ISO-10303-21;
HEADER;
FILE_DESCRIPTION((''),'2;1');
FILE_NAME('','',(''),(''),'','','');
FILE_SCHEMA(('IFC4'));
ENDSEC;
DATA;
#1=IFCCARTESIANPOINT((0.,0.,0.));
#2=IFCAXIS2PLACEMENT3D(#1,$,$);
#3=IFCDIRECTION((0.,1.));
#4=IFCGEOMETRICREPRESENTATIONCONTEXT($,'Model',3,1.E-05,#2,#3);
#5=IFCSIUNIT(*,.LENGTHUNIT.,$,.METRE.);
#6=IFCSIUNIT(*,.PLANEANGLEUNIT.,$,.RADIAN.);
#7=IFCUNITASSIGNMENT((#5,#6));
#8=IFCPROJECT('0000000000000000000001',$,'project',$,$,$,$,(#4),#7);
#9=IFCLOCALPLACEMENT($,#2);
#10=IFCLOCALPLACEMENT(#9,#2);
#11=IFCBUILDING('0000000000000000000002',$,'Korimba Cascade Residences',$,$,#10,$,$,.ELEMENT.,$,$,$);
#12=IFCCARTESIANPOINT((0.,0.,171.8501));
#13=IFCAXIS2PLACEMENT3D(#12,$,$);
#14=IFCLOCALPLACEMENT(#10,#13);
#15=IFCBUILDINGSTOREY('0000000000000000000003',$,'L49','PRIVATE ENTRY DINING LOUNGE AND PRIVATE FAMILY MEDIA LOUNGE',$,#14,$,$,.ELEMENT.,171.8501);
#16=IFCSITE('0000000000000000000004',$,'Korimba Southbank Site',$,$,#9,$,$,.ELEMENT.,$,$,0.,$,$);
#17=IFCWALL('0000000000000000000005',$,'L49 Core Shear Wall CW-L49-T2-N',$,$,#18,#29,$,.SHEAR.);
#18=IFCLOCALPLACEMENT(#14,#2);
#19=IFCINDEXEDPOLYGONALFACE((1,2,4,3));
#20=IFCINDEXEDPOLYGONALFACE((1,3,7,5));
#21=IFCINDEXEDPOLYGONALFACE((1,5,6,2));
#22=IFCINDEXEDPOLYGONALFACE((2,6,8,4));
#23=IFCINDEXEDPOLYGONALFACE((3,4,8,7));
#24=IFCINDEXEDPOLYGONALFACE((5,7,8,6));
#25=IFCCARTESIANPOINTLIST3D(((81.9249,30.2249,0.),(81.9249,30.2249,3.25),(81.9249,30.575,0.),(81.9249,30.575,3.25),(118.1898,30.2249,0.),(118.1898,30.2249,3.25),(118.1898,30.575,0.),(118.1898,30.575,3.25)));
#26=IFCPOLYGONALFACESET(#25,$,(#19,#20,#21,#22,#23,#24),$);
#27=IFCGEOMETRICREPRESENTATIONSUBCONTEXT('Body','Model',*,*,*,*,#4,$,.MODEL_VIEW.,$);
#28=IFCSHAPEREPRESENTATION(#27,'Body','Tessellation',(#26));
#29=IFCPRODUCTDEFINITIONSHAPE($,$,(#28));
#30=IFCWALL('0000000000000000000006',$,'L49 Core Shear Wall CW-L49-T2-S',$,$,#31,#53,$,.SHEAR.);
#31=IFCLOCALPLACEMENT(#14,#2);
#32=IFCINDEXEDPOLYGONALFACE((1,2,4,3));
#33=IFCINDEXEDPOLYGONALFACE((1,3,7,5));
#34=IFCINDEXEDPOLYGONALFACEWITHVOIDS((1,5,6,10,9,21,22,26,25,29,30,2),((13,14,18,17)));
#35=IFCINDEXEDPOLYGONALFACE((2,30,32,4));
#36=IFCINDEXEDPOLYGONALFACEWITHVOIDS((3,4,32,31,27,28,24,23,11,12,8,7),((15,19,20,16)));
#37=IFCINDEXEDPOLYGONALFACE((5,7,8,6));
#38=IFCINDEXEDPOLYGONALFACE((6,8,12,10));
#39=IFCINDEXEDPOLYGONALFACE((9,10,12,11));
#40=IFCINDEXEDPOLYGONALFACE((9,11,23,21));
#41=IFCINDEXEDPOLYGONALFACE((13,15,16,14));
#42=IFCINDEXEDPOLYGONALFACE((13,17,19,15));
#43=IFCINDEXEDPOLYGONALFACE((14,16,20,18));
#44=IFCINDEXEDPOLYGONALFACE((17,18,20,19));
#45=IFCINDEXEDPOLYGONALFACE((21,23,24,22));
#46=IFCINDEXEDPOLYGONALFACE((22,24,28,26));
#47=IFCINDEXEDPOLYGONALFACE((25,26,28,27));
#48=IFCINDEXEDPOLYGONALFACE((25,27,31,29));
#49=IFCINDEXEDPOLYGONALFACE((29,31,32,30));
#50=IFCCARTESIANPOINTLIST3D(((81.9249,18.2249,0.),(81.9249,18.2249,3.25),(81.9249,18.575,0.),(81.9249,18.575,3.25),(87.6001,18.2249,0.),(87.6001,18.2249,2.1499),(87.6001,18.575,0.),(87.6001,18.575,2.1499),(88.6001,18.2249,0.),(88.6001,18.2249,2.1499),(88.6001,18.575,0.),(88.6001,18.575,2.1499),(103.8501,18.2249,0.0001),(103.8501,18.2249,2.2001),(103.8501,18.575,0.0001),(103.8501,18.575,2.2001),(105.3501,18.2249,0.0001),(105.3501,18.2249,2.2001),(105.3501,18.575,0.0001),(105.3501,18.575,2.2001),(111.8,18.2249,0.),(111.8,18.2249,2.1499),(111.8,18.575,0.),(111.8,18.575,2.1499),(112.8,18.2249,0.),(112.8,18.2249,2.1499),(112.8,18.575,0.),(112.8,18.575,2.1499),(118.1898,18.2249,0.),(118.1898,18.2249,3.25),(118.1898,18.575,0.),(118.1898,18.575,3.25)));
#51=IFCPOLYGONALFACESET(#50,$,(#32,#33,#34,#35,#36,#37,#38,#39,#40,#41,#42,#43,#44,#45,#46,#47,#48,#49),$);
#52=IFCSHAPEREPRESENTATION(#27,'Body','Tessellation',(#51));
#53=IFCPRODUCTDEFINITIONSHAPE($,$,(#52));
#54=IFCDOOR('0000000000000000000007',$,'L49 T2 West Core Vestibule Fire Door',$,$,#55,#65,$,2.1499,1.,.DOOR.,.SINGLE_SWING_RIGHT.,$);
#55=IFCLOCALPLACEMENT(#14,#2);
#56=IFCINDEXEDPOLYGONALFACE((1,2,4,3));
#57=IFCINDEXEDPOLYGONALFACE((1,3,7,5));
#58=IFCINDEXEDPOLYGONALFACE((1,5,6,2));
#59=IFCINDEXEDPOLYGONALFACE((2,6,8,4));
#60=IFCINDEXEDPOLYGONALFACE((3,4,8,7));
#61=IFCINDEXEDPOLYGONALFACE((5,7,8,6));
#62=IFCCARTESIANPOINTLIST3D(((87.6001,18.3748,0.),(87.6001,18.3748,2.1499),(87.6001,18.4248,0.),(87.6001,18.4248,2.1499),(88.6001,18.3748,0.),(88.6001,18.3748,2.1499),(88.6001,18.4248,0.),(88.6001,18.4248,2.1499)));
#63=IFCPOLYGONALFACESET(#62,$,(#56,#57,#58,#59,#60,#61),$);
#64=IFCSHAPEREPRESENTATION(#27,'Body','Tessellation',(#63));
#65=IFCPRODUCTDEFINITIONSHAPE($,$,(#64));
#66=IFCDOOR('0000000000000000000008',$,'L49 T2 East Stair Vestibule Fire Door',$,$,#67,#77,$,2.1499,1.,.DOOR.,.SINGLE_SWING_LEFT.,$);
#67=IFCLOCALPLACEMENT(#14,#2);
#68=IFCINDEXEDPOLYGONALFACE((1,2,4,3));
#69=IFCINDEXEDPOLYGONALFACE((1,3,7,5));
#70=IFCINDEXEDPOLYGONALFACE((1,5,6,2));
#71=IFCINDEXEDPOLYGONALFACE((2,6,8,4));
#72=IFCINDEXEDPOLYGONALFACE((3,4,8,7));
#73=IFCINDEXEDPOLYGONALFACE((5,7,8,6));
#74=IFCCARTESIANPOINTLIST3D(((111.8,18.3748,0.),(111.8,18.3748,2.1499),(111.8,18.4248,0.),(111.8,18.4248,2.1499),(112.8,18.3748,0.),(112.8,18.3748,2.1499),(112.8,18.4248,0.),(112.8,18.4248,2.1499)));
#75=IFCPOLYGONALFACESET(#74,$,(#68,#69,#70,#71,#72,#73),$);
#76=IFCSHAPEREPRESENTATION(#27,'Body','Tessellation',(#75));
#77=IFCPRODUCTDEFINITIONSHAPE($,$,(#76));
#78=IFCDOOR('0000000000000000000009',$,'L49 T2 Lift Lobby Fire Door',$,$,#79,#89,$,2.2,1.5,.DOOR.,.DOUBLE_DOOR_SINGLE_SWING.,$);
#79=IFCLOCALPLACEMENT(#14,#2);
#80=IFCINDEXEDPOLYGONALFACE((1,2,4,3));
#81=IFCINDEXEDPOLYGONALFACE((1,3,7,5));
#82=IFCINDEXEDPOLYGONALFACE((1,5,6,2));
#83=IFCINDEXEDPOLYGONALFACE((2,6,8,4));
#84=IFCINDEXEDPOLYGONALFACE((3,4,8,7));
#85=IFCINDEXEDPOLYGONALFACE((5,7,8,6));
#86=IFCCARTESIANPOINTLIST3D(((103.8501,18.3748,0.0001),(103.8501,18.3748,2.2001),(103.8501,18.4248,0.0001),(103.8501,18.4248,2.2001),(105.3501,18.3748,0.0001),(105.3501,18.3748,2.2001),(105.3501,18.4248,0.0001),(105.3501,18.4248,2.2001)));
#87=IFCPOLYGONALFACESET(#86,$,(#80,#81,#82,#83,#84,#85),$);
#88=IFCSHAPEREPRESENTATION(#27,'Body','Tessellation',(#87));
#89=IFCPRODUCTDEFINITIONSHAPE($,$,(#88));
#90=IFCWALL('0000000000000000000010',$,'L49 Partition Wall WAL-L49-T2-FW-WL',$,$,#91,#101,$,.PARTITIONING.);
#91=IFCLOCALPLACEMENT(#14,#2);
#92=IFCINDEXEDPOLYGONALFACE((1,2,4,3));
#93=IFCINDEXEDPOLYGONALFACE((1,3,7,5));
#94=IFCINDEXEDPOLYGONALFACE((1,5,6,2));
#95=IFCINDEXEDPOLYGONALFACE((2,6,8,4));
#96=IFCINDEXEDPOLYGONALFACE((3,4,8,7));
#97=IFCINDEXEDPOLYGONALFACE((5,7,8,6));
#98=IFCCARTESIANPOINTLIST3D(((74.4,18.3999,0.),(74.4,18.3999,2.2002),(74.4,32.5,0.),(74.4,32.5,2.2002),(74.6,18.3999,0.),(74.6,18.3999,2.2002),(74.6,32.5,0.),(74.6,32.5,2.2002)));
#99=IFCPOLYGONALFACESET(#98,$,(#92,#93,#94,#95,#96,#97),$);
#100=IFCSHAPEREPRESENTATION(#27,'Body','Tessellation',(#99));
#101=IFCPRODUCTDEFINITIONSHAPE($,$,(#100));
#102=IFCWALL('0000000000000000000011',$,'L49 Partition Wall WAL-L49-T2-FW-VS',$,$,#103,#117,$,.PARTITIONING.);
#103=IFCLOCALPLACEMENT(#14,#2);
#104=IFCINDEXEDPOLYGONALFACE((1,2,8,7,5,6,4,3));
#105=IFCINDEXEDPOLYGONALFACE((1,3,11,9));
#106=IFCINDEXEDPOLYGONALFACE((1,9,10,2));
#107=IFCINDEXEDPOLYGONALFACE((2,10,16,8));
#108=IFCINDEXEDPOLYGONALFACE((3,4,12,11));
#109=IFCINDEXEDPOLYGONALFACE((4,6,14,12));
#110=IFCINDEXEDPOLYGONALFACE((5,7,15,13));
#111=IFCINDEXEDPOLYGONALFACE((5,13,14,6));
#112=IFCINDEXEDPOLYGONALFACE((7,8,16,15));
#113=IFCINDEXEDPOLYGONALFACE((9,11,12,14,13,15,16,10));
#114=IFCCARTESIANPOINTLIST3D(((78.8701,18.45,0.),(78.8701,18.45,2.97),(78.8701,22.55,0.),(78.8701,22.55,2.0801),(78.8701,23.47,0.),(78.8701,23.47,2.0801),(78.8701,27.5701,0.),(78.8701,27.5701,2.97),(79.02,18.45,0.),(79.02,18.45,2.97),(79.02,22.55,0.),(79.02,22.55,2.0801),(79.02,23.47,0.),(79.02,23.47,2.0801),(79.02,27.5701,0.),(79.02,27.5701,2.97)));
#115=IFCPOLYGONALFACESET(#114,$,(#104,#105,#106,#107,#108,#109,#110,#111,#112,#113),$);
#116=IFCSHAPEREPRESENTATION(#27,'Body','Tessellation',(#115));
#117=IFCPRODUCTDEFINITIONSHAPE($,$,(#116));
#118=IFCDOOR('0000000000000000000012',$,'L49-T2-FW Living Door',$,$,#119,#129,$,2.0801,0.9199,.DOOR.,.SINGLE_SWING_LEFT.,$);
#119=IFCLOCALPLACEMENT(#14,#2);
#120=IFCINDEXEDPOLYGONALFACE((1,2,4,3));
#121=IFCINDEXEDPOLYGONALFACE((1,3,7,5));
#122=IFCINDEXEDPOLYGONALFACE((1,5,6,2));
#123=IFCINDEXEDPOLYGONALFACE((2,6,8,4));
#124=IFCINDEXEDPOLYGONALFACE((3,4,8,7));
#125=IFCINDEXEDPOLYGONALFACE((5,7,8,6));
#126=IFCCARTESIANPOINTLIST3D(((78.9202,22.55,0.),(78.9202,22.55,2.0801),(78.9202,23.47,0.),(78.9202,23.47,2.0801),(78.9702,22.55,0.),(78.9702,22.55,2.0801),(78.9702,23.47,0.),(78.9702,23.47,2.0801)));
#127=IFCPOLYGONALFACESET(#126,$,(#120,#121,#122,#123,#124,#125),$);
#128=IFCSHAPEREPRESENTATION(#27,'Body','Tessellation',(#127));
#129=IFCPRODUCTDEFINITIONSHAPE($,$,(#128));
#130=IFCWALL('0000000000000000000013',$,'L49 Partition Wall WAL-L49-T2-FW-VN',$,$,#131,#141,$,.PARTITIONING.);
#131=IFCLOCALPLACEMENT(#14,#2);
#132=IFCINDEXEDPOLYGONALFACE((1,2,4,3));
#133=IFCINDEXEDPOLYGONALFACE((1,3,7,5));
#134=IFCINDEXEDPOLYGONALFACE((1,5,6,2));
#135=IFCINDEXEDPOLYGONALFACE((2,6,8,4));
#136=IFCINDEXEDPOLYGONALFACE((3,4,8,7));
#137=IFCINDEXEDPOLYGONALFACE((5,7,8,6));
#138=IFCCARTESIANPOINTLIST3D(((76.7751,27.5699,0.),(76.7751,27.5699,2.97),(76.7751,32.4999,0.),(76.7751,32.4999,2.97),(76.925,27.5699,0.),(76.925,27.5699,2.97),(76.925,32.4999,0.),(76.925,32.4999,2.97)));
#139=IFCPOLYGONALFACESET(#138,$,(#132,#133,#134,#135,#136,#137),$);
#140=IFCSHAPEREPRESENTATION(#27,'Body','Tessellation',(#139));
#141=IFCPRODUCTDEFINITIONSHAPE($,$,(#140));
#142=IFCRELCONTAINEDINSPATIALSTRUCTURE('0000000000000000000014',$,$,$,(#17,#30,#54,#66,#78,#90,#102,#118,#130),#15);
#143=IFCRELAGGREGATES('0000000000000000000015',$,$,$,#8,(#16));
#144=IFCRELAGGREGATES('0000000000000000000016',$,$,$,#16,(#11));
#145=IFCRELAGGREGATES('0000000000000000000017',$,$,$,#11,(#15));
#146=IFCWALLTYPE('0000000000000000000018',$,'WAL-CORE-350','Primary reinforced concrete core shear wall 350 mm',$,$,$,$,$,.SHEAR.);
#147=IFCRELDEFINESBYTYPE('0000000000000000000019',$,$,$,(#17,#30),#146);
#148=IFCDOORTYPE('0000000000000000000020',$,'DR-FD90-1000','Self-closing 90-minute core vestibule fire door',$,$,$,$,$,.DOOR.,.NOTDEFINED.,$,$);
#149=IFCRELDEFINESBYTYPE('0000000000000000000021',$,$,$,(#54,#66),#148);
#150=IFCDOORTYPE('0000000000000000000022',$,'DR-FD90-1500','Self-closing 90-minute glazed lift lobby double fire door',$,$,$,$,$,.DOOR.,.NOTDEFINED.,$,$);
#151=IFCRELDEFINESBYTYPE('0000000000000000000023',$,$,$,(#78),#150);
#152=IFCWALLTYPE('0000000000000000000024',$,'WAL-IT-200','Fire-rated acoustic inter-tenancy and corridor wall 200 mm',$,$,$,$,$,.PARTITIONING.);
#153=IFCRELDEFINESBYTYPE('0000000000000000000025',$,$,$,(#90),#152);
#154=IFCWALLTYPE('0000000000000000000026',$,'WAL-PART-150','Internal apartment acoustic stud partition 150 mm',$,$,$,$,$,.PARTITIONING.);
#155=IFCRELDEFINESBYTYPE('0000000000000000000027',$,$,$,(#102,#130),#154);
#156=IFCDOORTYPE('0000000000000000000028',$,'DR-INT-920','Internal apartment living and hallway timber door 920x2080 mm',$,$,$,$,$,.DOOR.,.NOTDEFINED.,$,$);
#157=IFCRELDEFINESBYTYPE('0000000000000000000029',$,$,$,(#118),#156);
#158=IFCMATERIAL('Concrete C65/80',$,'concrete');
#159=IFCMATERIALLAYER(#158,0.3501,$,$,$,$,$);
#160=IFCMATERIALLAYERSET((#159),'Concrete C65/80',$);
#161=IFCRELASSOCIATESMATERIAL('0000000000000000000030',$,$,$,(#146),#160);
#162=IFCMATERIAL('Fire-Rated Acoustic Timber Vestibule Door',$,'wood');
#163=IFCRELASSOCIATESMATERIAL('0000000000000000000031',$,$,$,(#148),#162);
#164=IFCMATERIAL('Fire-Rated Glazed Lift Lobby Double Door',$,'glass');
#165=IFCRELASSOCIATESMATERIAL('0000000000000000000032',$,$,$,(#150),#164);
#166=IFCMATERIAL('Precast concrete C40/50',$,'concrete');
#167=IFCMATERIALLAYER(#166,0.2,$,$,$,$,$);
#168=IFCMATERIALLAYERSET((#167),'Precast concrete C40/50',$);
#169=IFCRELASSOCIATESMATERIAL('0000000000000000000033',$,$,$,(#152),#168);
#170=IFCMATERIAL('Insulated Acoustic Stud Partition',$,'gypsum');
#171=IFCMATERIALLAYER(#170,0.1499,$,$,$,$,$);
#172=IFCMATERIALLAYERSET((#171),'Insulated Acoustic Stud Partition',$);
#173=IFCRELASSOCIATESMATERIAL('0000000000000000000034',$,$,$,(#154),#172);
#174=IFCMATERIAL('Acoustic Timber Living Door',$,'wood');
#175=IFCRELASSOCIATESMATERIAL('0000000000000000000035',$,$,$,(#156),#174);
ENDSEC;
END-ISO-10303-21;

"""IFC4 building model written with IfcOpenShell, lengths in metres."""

from ifc_helpers import new_model, si_unit, direction, frame, frame_2d, origin, place, context, subcontext, project, spatial, rectangle, extrude, material, layer, layer_set, type_object, element, fill, save


model = new_model("IFC4")

# Units and contexts
model_context = context("Model", 3, precision=1e-05, world=origin(), true_north=direction((0.0, 1.0)))
body_context = subcontext(model_context, "Body", "Model", "MODEL_VIEW")
ifc_project = project(units=[si_unit("LENGTHUNIT", "METRE"), si_unit("PLANEANGLEUNIT", "RADIAN")], contexts=[model_context])

# Site, building, storey
site_placement = place(None, origin())
site = spatial("IfcSite", under=ifc_project, at=site_placement, Name="Korimba Southbank Site", CompositionType="ELEMENT", RefElevation=0.0)
building_placement = place(site_placement, origin())
building = spatial("IfcBuilding", under=site, at=building_placement, Name="Korimba Cascade Residences", CompositionType="ELEMENT")
storey_placement = place(building_placement, frame((0.0, 0.0, 171.8501)))
storey = spatial("IfcBuildingStorey", under=building, at=storey_placement, Name="L49", Description="PRIVATE ENTRY DINING LOUNGE AND PRIVATE FAMILY MEDIA LOUNGE", CompositionType="ELEMENT", Elevation=171.8501)

# Wall
ifc_material_1 = material(Name="Precast concrete C40/50", Category="concrete")
ifc_material_2 = material(Name="Concrete C65/80", Category="concrete")
ifc_layer_1 = layer(ifc_material_2, 0.3501)
ifc_layer_set_1 = layer_set([ifc_layer_1], Name="Concrete C65/80")
wall_type_1 = type_object("IfcWallType", Name="WAL-CORE-350", Description="Primary reinforced concrete core shear wall 350 mm", PredefinedType="SHEAR", material=ifc_layer_set_1)
wall_1_placement = place(storey_placement, frame((81.925, 30.3999, 0.0), z_axis=(0.0, 0.0, 1.0), x_axis=(1.0, 0.0, 0.0)))
element("IfcWall", 1, at=wall_1_placement, inside=storey, type_object=wall_type_1, Name="L49 Core Shear Wall CW-L49-T2-N", PredefinedType="SHEAR", context=body_context, shape_type="SweptSolid", body=[
    extrude(rectangle(XDim=36.2649, YDim=0.3501, at=frame_2d((18.1323, 0.0))), origin(), (0.0, 0.0, 1.0), 3.25),
])

# Wall, openings, doors
wall_2_placement = place(storey_placement, frame((81.925, 18.3999, 0.0), z_axis=(0.0, 0.0, 1.0), x_axis=(1.0, 0.0, 0.0)))
wall_2 = element("IfcWall", 2, at=wall_2_placement, inside=storey, type_object=wall_type_1, Name="L49 Core Shear Wall CW-L49-T2-S", PredefinedType="SHEAR", context=body_context, shape_type="SweptSolid", body=[
    extrude(rectangle(XDim=36.2649, YDim=0.3501, at=frame_2d((18.1323, 0.0))), origin(), (0.0, 0.0, 1.0), 3.25),
])
opening_1_placement = place(wall_2_placement, frame((5.675, 0.0, 0.0)))
opening_1 = element("IfcOpeningElement", 3, at=opening_1_placement, cuts=wall_2, PredefinedType="OPENING", context=body_context, shape_type="SweptSolid", body=[
    extrude(rectangle(XDim=1.0, YDim=2.1499, at=frame_2d((0.5, 1.075))), frame((0.0, 0.1851, 0.0), z_axis=(0.0, -1.0, 0.0), x_axis=(1.0, 0.0, 0.0)), (0.0, 0.0, 1.0), 0.3701),
])
opening_2_placement = place(wall_2_placement, frame((21.925, 0.0, 0.0)))
opening_2 = element("IfcOpeningElement", 4, at=opening_2_placement, cuts=wall_2, PredefinedType="OPENING", context=body_context, shape_type="SweptSolid", body=[
    extrude(rectangle(XDim=1.5, YDim=2.2, at=frame_2d((0.75, 1.1001))), frame((0.0, 0.1851, 0.0), z_axis=(0.0, -1.0, 0.0), x_axis=(1.0, 0.0, 0.0)), (0.0, 0.0, 1.0), 0.3701),
])
opening_3_placement = place(wall_2_placement, frame((29.875, 0.0, 0.0)))
opening_3 = element("IfcOpeningElement", 5, at=opening_3_placement, cuts=wall_2, PredefinedType="OPENING", context=body_context, shape_type="SweptSolid", body=[
    extrude(rectangle(XDim=1.0, YDim=2.1499, at=frame_2d((0.5, 1.075))), frame((0.0, 0.1851, 0.0), z_axis=(0.0, -1.0, 0.0), x_axis=(1.0, 0.0, 0.0)), (0.0, 0.0, 1.0), 0.3701),
])
ifc_material_3 = material(Name="Fire-Rated Acoustic Timber Vestibule Door", Category="wood")
door_type_1 = type_object("IfcDoorType", Name="DR-FD90-1000", Description="Self-closing 90-minute core vestibule fire door", OperationType="NOTDEFINED", PredefinedType="DOOR", material=ifc_material_3)
door_1_placement = place(opening_1_placement, origin())
door_1 = element("IfcDoor", 6, at=door_1_placement, inside=storey, type_object=door_type_1, Name="L49 T2 West Core Vestibule Fire Door", OperationType="SINGLE_SWING_RIGHT", OverallHeight=2.1499, OverallWidth=1.0, PredefinedType="DOOR", context=body_context, shape_type="SweptSolid", body=[
    extrude(rectangle(XDim=1.0, YDim=2.1499, at=frame_2d((0.5, 1.075))), frame((0.0, 0.0249, 0.0), z_axis=(0.0, -1.0, 0.0), x_axis=(1.0, 0.0, 0.0)), (0.0, 0.0, 1.0), 0.05),
])
fill(opening_1, door_1)
door_2_placement = place(opening_3_placement, origin())
door_2 = element("IfcDoor", 7, at=door_2_placement, inside=storey, type_object=door_type_1, Name="L49 T2 East Stair Vestibule Fire Door", OperationType="SINGLE_SWING_LEFT", OverallHeight=2.1499, OverallWidth=1.0, PredefinedType="DOOR", context=body_context, shape_type="SweptSolid", body=[
    extrude(rectangle(XDim=1.0, YDim=2.1499, at=frame_2d((0.5, 1.075))), frame((0.0, 0.0249, 0.0), z_axis=(0.0, -1.0, 0.0), x_axis=(1.0, 0.0, 0.0)), (0.0, 0.0, 1.0), 0.05),
])
fill(opening_3, door_2)
ifc_material_4 = material(Name="Fire-Rated Glazed Lift Lobby Double Door", Category="glass")
door_type_2 = type_object("IfcDoorType", Name="DR-FD90-1500", Description="Self-closing 90-minute glazed lift lobby double fire door", OperationType="NOTDEFINED", PredefinedType="DOOR", material=ifc_material_4)
door_3_placement = place(opening_2_placement, origin())
door_3 = element("IfcDoor", 8, at=door_3_placement, inside=storey, type_object=door_type_2, Name="L49 T2 Lift Lobby Fire Door", OperationType="DOUBLE_DOOR_SINGLE_SWING", OverallHeight=2.2, OverallWidth=1.5, PredefinedType="DOOR", context=body_context, shape_type="SweptSolid", body=[
    extrude(rectangle(XDim=1.5, YDim=2.2, at=frame_2d((0.75, 1.1001))), frame((0.0, 0.0249, 0.0), z_axis=(0.0, -1.0, 0.0), x_axis=(1.0, 0.0, 0.0)), (0.0, 0.0, 1.0), 0.05),
])
fill(opening_2, door_3)

# Wall
ifc_layer_2 = layer(ifc_material_1, 0.2)
ifc_layer_set_2 = layer_set([ifc_layer_2], Name="Precast concrete C40/50")
wall_type_2 = type_object("IfcWallType", Name="WAL-IT-200", Description="Fire-rated acoustic inter-tenancy and corridor wall 200 mm", PredefinedType="PARTITIONING", material=ifc_layer_set_2)
wall_3_placement = place(storey_placement, frame((74.5, 18.3999, 0.0), z_axis=(0.0, 0.0, 1.0), x_axis=(0.0, 1.0, 0.0)))
element("IfcWall", 9, at=wall_3_placement, inside=storey, type_object=wall_type_2, Name="L49 Partition Wall WAL-L49-T2-FW-WL", PredefinedType="PARTITIONING", context=body_context, shape_type="SweptSolid", body=[
    extrude(rectangle(XDim=14.1001, YDim=0.2, at=frame_2d((7.05, 0.0))), origin(), (0.0, 0.0, 1.0), 2.2002),
])

# Wall, opening, door
ifc_material_5 = material(Name="Insulated Acoustic Stud Partition", Category="gypsum")
ifc_layer_3 = layer(ifc_material_5, 0.1499)
ifc_layer_set_3 = layer_set([ifc_layer_3], Name="Insulated Acoustic Stud Partition")
wall_type_3 = type_object("IfcWallType", Name="WAL-PART-150", Description="Internal apartment acoustic stud partition 150 mm", PredefinedType="PARTITIONING", material=ifc_layer_set_3)
wall_4_placement = place(storey_placement, frame((78.9451, 18.45, 0.0), z_axis=(0.0, 0.0, 1.0), x_axis=(0.0, 1.0, 0.0)))
wall_4 = element("IfcWall", 10, at=wall_4_placement, inside=storey, type_object=wall_type_3, Name="L49 Partition Wall WAL-L49-T2-FW-VS", PredefinedType="PARTITIONING", context=body_context, shape_type="SweptSolid", body=[
    extrude(rectangle(XDim=9.1201, YDim=0.1499, at=frame_2d((4.5601, 0.0))), origin(), (0.0, 0.0, 1.0), 2.97),
])
opening_4_placement = place(wall_4_placement, frame((4.1001, 0.0, 0.0)))
opening_4 = element("IfcOpeningElement", 11, at=opening_4_placement, cuts=wall_4, PredefinedType="OPENING", context=body_context, shape_type="SweptSolid", body=[
    extrude(rectangle(XDim=0.9199, YDim=2.0801, at=frame_2d((0.46, 1.04))), frame((0.0, 0.085, 0.0), z_axis=(0.0, -1.0, 0.0), x_axis=(1.0, 0.0, 0.0)), (0.0, 0.0, 1.0), 0.1699),
])
ifc_material_6 = material(Name="Acoustic Timber Living Door", Category="wood")
door_type_3 = type_object("IfcDoorType", Name="DR-INT-920", Description="Internal apartment living and hallway timber door 920x2080 mm", OperationType="NOTDEFINED", PredefinedType="DOOR", material=ifc_material_6)
door_4_placement = place(opening_4_placement, origin())
door_4 = element("IfcDoor", 12, at=door_4_placement, inside=storey, type_object=door_type_3, Name="L49-T2-FW Living Door", OperationType="SINGLE_SWING_LEFT", OverallHeight=2.0801, OverallWidth=0.9199, PredefinedType="DOOR", context=body_context, shape_type="SweptSolid", body=[
    extrude(rectangle(XDim=0.9199, YDim=2.0801, at=frame_2d((0.46, 1.04))), frame((0.0, 0.0249, 0.0), z_axis=(0.0, -1.0, 0.0), x_axis=(1.0, 0.0, 0.0)), (0.0, 0.0, 1.0), 0.05),
])
fill(opening_4, door_4)

# Wall
wall_5_placement = place(storey_placement, frame((76.8501, 27.5701, 0.0), z_axis=(0.0, 0.0, 1.0), x_axis=(0.0, 1.0, 0.0)))
element("IfcWall", 13, at=wall_5_placement, inside=storey, type_object=wall_type_3, Name="L49 Partition Wall WAL-L49-T2-FW-VN", PredefinedType="PARTITIONING", context=body_context, shape_type="SweptSolid", body=[
    extrude(rectangle(XDim=4.9299, YDim=0.1499, at=frame_2d((2.4648, 0.0))), origin(), (0.0, 0.0, 1.0), 2.97),
])

save(model, "model.ifc")
